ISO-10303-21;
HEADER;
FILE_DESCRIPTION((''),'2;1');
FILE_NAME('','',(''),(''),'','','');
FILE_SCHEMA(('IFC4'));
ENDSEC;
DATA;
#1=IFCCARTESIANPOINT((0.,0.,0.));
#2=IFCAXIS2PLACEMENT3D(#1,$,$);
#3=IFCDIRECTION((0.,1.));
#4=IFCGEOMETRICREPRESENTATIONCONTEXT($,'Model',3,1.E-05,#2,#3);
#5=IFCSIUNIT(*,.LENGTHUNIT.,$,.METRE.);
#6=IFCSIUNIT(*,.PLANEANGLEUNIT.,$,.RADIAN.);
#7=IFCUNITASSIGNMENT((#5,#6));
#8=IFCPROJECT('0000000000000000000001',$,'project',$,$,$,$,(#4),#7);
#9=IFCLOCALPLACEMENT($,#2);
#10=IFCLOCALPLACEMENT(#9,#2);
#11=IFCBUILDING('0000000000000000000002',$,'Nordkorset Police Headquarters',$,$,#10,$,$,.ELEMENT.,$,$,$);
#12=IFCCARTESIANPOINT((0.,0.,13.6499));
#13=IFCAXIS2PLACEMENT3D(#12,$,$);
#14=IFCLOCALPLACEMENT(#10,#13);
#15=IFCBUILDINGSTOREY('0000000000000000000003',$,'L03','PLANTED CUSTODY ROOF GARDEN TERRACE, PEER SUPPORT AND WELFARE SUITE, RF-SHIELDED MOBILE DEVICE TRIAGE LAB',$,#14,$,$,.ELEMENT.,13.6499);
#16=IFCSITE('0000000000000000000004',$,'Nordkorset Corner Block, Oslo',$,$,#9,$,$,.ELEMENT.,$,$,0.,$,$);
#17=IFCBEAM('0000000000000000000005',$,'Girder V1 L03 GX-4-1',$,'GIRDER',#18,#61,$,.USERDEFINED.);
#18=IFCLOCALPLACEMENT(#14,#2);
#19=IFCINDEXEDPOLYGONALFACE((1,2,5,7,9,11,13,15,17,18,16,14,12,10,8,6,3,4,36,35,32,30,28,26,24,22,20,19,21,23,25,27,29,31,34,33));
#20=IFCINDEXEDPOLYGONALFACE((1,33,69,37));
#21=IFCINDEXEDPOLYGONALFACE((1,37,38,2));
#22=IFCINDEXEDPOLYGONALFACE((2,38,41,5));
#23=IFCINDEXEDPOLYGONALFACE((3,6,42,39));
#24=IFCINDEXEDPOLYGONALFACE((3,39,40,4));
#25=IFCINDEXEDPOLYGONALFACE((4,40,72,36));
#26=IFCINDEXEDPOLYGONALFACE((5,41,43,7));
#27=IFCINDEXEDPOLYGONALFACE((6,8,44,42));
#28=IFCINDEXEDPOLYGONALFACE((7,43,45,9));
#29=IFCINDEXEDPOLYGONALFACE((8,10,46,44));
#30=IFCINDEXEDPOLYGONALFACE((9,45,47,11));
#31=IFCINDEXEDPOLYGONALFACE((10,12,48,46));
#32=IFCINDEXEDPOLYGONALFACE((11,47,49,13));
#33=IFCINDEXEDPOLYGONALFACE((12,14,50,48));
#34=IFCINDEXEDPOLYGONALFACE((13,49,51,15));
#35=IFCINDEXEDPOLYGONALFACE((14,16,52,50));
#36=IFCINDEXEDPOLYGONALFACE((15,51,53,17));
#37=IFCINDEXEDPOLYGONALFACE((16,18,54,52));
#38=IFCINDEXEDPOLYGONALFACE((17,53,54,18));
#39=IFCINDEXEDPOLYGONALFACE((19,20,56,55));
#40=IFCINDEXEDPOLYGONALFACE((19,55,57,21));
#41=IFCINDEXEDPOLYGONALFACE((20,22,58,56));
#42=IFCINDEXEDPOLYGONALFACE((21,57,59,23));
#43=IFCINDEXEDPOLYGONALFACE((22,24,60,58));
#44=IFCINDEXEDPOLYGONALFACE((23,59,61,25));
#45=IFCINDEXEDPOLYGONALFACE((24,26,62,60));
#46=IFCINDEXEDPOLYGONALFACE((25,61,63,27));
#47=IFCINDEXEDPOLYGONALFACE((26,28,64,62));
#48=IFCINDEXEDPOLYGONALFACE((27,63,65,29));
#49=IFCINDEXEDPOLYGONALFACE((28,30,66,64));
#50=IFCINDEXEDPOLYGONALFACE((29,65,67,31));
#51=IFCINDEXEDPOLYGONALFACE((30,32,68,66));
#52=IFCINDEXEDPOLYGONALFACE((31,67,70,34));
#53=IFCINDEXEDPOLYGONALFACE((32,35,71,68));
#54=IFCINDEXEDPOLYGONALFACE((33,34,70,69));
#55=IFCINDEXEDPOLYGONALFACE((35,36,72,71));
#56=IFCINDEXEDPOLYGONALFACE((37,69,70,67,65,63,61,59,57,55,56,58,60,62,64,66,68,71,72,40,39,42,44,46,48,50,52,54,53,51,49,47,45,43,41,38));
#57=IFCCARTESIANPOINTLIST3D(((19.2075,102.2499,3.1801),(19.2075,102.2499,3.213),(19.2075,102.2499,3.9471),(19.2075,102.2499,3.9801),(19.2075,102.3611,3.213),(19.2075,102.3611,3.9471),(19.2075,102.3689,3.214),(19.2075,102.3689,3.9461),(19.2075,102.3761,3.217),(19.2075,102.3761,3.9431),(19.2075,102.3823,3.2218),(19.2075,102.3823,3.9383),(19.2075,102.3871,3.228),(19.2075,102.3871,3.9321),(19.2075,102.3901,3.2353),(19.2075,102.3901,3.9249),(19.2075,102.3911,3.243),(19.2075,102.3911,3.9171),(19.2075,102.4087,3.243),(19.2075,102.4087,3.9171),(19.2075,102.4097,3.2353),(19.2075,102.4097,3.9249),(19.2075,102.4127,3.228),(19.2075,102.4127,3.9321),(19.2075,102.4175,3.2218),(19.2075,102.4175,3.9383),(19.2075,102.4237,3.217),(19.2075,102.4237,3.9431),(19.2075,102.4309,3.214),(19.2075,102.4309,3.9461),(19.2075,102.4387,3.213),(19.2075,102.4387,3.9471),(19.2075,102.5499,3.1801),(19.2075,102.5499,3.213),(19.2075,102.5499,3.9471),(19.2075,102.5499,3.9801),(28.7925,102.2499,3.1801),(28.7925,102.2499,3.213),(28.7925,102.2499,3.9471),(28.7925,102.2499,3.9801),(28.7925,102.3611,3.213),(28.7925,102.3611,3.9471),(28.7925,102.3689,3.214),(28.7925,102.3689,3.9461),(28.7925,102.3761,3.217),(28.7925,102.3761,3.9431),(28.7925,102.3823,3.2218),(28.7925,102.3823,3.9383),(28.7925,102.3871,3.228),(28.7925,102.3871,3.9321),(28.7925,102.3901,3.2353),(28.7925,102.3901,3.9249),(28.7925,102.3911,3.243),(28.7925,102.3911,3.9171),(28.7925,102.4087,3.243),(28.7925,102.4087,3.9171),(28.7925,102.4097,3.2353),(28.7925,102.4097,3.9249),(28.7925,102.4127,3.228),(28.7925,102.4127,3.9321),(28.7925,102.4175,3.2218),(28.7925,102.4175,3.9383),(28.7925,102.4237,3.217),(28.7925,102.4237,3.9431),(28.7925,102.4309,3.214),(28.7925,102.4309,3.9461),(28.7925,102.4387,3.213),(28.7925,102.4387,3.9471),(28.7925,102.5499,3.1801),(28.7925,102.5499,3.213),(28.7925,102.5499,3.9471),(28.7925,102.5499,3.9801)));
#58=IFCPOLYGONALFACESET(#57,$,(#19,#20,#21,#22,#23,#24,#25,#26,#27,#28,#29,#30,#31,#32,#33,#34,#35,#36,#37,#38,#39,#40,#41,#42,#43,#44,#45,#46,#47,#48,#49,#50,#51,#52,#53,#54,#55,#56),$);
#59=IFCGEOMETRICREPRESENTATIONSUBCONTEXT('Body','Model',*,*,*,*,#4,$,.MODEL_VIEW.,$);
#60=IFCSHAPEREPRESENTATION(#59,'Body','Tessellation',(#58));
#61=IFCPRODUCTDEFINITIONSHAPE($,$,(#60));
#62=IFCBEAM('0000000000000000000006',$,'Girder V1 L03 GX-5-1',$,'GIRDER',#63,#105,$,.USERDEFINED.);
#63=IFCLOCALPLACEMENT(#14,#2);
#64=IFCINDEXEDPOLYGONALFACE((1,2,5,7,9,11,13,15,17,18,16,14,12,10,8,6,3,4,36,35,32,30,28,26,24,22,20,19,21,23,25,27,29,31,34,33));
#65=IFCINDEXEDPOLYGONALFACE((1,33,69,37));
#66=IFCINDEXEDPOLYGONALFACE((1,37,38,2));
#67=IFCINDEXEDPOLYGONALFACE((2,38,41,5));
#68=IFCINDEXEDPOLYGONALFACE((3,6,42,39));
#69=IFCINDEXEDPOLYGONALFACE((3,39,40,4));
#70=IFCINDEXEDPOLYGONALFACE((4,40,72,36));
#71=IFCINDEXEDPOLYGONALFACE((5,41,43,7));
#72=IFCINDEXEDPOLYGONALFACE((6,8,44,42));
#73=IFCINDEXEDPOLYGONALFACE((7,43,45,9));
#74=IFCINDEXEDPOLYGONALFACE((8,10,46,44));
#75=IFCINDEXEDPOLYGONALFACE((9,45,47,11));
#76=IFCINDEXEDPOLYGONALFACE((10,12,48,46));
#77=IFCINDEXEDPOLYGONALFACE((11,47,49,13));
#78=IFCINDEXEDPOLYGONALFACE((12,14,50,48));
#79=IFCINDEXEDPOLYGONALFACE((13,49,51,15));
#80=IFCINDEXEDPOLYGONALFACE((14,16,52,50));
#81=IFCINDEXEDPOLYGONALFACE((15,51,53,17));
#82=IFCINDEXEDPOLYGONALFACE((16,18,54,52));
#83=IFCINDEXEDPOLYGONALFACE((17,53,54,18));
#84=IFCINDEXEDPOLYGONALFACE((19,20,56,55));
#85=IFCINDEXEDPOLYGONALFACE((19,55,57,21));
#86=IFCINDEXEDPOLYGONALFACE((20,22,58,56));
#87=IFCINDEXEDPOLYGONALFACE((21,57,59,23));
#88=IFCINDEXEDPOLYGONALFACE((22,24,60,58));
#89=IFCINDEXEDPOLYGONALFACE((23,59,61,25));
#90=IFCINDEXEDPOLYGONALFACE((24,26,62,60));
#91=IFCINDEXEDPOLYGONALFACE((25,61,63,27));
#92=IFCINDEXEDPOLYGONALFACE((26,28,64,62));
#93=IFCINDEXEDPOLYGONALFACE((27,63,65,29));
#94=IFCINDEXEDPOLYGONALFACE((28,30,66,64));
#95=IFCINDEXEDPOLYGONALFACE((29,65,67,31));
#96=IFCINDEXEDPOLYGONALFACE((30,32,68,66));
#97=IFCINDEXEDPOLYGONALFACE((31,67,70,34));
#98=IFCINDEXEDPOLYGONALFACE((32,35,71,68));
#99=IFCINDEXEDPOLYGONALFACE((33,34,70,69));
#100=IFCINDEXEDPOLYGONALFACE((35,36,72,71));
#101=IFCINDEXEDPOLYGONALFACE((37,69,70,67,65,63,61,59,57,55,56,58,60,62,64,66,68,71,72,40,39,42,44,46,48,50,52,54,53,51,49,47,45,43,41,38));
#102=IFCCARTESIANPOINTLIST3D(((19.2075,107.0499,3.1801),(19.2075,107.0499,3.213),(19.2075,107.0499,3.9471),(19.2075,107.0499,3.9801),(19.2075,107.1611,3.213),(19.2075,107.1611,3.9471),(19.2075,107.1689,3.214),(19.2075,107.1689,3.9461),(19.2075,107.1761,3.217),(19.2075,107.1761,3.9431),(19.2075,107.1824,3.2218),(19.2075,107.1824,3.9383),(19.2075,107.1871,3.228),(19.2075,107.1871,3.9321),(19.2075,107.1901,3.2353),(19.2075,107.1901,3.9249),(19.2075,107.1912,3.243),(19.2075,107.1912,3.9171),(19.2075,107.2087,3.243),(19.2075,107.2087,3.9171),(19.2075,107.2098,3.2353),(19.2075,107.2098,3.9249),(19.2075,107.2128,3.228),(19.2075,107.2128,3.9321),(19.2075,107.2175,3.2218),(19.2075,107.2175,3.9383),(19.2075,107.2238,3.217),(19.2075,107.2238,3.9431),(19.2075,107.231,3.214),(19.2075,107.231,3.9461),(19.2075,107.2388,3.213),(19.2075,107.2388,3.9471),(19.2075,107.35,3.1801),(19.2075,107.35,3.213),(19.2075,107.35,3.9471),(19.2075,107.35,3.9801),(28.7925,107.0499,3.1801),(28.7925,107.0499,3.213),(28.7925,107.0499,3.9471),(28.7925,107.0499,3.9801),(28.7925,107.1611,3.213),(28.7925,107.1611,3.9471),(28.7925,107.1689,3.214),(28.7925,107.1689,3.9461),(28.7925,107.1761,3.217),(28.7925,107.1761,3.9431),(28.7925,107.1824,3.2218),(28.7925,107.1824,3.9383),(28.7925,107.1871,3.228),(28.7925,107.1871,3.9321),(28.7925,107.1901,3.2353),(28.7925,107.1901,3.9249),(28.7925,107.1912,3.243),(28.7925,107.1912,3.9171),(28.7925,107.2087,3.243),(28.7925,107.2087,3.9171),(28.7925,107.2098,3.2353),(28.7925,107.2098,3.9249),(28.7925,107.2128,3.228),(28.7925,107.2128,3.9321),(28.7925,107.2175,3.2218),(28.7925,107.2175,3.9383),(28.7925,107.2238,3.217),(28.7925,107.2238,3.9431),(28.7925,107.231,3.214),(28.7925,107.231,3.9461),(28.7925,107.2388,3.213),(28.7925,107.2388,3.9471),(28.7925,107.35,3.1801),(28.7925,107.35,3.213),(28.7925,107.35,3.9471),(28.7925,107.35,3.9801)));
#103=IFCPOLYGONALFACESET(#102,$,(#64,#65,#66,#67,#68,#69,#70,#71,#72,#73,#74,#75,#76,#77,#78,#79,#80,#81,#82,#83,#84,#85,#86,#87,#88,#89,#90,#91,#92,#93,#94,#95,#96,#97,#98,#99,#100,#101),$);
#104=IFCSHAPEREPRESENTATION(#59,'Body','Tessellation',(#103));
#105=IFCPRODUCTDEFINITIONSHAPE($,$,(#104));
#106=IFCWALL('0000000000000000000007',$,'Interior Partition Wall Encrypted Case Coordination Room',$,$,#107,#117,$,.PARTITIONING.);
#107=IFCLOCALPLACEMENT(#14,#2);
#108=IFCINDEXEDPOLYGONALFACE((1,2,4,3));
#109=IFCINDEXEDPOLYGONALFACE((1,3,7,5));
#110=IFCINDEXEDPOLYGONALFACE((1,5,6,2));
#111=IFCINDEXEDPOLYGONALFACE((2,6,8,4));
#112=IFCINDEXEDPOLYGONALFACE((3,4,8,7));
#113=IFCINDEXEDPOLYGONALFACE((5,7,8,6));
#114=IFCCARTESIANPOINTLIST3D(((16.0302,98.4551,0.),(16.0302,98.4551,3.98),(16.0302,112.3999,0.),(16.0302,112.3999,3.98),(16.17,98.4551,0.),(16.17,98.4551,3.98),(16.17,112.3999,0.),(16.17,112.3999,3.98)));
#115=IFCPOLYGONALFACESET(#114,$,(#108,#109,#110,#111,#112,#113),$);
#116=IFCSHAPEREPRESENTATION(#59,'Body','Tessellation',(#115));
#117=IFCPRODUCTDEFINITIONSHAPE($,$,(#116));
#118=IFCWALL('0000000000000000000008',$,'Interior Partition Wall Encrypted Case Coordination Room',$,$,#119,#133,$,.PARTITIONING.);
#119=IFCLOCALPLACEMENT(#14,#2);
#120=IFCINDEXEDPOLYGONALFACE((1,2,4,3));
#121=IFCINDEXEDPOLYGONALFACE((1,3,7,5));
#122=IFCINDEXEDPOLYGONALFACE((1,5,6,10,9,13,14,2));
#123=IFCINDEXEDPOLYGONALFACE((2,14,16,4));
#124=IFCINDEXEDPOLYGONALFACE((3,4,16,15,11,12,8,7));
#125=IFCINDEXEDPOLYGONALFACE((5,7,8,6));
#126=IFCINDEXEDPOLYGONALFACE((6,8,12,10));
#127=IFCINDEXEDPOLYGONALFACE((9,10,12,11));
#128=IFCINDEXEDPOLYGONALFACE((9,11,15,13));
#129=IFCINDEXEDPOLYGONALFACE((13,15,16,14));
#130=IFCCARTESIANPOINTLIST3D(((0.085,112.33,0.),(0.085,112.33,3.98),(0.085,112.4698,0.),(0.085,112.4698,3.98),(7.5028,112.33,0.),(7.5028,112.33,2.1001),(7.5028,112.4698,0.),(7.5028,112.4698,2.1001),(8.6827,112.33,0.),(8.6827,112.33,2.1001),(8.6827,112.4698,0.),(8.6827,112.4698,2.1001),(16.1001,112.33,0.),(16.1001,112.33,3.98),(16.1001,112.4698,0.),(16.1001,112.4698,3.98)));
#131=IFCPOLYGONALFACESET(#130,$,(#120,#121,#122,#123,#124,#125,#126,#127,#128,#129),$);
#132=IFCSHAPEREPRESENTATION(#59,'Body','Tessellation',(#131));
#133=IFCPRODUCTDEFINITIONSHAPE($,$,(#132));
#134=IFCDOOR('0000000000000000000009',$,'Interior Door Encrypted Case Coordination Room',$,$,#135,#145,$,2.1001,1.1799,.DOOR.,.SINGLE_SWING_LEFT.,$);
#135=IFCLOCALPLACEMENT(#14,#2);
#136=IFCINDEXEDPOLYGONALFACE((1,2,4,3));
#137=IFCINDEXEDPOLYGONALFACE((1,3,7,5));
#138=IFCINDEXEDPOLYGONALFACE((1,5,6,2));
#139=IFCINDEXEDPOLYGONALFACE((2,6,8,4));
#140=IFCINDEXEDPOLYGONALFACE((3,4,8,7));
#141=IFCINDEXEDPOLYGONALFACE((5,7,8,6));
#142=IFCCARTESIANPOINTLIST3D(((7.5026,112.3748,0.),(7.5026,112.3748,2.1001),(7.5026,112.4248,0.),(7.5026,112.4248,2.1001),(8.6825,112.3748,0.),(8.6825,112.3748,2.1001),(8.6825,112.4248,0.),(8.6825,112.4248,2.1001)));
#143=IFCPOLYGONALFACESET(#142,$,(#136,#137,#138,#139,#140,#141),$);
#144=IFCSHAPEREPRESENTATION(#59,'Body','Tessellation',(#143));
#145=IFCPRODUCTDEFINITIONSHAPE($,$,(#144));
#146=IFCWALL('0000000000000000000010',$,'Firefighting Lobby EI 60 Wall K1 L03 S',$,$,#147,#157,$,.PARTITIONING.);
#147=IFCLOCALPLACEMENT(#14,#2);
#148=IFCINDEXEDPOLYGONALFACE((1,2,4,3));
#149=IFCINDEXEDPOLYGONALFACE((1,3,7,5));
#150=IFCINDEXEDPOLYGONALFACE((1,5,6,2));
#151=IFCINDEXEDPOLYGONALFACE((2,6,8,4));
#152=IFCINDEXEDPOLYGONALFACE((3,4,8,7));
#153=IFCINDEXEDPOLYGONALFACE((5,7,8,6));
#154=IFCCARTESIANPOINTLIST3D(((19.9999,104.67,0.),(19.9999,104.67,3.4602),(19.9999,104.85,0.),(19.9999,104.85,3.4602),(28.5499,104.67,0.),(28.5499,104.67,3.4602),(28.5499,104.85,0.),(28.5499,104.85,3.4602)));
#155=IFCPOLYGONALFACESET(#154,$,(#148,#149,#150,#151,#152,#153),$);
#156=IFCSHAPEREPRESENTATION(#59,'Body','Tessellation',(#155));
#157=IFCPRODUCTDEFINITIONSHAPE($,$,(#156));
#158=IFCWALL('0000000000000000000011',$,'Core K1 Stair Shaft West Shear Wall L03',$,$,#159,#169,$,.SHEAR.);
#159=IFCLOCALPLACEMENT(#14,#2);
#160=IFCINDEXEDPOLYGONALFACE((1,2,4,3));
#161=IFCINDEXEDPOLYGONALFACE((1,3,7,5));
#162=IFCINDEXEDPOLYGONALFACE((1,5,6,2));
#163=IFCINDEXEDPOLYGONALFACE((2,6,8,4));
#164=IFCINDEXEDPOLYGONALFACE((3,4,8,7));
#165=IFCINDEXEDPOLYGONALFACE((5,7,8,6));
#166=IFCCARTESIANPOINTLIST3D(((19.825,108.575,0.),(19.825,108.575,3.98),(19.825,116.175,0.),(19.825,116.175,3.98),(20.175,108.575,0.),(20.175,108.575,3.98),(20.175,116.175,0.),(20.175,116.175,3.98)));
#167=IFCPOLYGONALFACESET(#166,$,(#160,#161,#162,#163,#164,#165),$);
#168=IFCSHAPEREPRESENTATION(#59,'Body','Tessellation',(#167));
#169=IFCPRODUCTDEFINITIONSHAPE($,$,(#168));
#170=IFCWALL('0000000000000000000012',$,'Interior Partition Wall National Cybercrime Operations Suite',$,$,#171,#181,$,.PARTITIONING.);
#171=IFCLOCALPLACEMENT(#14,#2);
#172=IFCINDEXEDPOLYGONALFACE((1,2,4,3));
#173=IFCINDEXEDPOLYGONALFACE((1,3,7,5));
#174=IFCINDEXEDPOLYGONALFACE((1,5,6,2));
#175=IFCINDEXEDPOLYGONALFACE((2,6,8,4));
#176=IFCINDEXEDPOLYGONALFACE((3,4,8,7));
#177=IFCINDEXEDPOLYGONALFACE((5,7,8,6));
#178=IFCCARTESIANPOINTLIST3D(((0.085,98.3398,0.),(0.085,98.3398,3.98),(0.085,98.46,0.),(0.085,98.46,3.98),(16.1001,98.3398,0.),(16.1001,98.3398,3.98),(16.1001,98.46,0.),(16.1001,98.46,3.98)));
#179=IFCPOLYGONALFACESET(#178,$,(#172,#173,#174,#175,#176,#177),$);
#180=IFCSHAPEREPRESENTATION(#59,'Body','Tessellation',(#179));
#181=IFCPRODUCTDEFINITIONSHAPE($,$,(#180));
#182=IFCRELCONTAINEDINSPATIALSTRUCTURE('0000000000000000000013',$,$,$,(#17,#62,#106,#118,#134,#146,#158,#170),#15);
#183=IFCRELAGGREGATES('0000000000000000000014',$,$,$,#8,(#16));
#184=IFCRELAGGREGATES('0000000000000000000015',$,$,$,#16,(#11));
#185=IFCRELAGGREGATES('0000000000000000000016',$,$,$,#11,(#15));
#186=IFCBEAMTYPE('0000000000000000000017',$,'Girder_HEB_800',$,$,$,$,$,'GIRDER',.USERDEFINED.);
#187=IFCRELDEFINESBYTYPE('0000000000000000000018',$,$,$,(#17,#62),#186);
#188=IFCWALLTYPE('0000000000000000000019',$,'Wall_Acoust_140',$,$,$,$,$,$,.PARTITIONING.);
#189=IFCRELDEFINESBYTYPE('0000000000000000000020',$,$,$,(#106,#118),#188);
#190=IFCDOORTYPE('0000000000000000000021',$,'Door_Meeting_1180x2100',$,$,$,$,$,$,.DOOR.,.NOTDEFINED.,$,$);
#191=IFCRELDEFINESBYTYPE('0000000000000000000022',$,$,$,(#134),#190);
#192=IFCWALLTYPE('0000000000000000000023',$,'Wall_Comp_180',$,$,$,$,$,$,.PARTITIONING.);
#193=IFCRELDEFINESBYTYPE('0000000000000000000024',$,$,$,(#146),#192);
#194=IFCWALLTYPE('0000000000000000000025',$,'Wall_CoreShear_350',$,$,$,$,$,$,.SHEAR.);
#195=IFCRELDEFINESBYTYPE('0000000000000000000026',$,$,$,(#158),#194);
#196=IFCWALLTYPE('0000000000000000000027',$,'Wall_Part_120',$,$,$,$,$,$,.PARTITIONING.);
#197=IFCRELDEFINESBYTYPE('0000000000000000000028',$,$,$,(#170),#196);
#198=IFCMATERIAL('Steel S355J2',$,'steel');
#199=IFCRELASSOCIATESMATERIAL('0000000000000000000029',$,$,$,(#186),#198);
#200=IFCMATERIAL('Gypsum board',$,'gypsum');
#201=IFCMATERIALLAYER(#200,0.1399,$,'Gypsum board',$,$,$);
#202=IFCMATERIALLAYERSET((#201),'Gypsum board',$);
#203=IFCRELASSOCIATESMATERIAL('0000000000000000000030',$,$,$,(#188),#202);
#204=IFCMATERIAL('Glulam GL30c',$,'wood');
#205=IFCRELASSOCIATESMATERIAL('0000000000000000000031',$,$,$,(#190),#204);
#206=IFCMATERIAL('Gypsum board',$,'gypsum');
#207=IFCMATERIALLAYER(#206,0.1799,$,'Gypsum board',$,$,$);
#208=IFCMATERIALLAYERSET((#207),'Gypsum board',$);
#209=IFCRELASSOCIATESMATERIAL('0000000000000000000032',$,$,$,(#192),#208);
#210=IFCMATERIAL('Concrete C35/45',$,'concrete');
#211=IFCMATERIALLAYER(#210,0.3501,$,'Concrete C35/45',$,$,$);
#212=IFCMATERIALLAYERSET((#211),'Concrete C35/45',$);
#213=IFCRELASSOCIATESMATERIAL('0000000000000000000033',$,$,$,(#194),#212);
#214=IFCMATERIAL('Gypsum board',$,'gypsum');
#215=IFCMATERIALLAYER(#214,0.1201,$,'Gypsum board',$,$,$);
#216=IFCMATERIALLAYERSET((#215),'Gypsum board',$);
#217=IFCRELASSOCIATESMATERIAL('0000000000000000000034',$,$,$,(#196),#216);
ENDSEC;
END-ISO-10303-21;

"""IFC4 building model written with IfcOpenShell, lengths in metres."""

from ifc_helpers import new_model, si_unit, direction, frame, frame_2d, origin, origin_2d, place, context, subcontext, project, spatial, rectangle, i_section, extrude, material, layer, layer_set, material_profile, profile_set, type_object, element, fill, save


model = new_model("IFC4")

# Units and contexts
model_context = context("Model", 3, precision=1e-05, world=origin(), true_north=direction((0.0, 1.0)))
body_context = subcontext(model_context, "Body", "Model", "MODEL_VIEW")
ifc_project = project(units=[si_unit("LENGTHUNIT", "METRE"), si_unit("PLANEANGLEUNIT", "RADIAN")], contexts=[model_context])

# Site, building, storey
site_placement = place(None, origin())
site = spatial("IfcSite", under=ifc_project, at=site_placement, Name="Nordkorset Corner Block, Oslo", CompositionType="ELEMENT", RefElevation=0.0)
building_placement = place(site_placement, origin())
building = spatial("IfcBuilding", under=site, at=building_placement, Name="Nordkorset Police Headquarters", CompositionType="ELEMENT")
storey_placement = place(building_placement, frame((0.0, 0.0, 13.6499)))
storey = spatial("IfcBuildingStorey", under=building, at=storey_placement, Name="L03", Description="PLANTED CUSTODY ROOF GARDEN TERRACE, PEER SUPPORT AND WELFARE SUITE, RF-SHIELDED MOBILE DEVICE TRIAGE LAB", CompositionType="ELEMENT", Elevation=13.6499)

# Beams
ifc_material_1 = material(Name="Steel S355J2", Category="steel")
ifc_material_profile_1 = material_profile(ifc_material_1, i_section(OverallWidth=0.3, OverallDepth=0.8, WebThickness=0.0176, FlangeThickness=0.033, FilletRadius=0.03, at=origin_2d()), Name="HEB 800")
ifc_profile_set_1 = profile_set([ifc_material_profile_1], Name="Steel S355J2")
beam_type_1 = type_object("IfcBeamType", Name="Girder_HEB_800", ElementType="GIRDER", PredefinedType="USERDEFINED", material=ifc_profile_set_1)
for number, where, z_axis, x_axis, name in (
    (1, (19.2075, 102.3999, 3.5801), (1.0, 0.0, 0.0), (0.0, 1.0, 0.0), "Girder V1 L03 GX-4-1"),
    (2, (19.2075, 107.2, 3.5801), (1.0, 0.0, 0.0), (0.0, 1.0, 0.0), "Girder V1 L03 GX-5-1"),
):
    element("IfcBeam", number, at=place(storey_placement, frame(where, z_axis=z_axis, x_axis=x_axis)), inside=storey, type_object=beam_type_1, Name=name, ObjectType="GIRDER", PredefinedType="USERDEFINED", context=body_context, shape_type="SweptSolid", body=[
        extrude(i_section(OverallWidth=0.3, OverallDepth=0.8, WebThickness=0.0176, FlangeThickness=0.033, FilletRadius=0.03, at=origin_2d()), origin(), (0.0, 0.0, 1.0), 9.585),
    ])

# Wall
ifc_material_2 = material(Name="Gypsum board", Category="gypsum")
ifc_layer_1 = layer(ifc_material_2, 0.1399, Name="Gypsum board")
ifc_layer_set_1 = layer_set([ifc_layer_1], Name="Gypsum board")
wall_type_1 = type_object("IfcWallType", Name="Wall_Acoust_140", PredefinedType="PARTITIONING", material=ifc_layer_set_1)
wall_1_placement = place(storey_placement, frame((16.1001, 98.4551, 0.0), z_axis=(0.0, 0.0, 1.0), x_axis=(0.0, 1.0, 0.0)))
element("IfcWall", 3, at=wall_1_placement, inside=storey, type_object=wall_type_1, Name="Interior Partition Wall Encrypted Case Coordination Room", PredefinedType="PARTITIONING", context=body_context, shape_type="SweptSolid", body=[
    extrude(rectangle(XDim=13.9448, YDim=0.1399, at=frame_2d((6.9724, 0.0))), origin(), (0.0, 0.0, 1.0), 3.98),
])

# Wall, opening, door
wall_2_placement = place(storey_placement, frame((16.1001, 112.3999, 0.0), z_axis=(0.0, 0.0, 1.0), x_axis=(-1.0, 0.0, 0.0)))
wall_2 = element("IfcWall", 4, at=wall_2_placement, inside=storey, type_object=wall_type_1, Name="Interior Partition Wall Encrypted Case Coordination Room", PredefinedType="PARTITIONING", context=body_context, shape_type="SweptSolid", body=[
    extrude(rectangle(XDim=16.0151, YDim=0.1399, at=frame_2d((8.0076, 0.0))), origin(), (0.0, 0.0, 1.0), 3.98),
])
opening_1_placement = place(wall_2_placement, frame((7.4175, 0.0, 0.0)))
opening_1 = element("IfcOpeningElement", 5, at=opening_1_placement, cuts=wall_2, PredefinedType="OPENING", context=body_context, shape_type="SweptSolid", body=[
    extrude(rectangle(XDim=1.1799, YDim=2.1001, at=frame_2d((0.5898, 1.05))), frame((0.0, 0.0801, 0.0), z_axis=(0.0, -1.0, 0.0), x_axis=(1.0, 0.0, 0.0)), (0.0, 0.0, 1.0), 0.1599),
])
ifc_material_3 = material(Name="Glulam GL30c", Category="wood")
door_type_1 = type_object("IfcDoorType", Name="Door_Meeting_1180x2100", OperationType="NOTDEFINED", PredefinedType="DOOR", material=ifc_material_3)
door_1_placement = place(opening_1_placement, frame((1.1799, 0.0, 0.0), z_axis=(0.0, 0.0, 1.0), x_axis=(-1.0, 0.0, 0.0)))
door_1 = element("IfcDoor", 6, at=door_1_placement, inside=storey, type_object=door_type_1, Name="Interior Door Encrypted Case Coordination Room", OperationType="SINGLE_SWING_LEFT", OverallHeight=2.1001, OverallWidth=1.1799, PredefinedType="DOOR", context=body_context, shape_type="SweptSolid", body=[
    extrude(rectangle(XDim=1.1799, YDim=2.1001, at=frame_2d((0.5898, 1.05))), frame((0.0, 0.0249, 0.0), z_axis=(0.0, -1.0, 0.0), x_axis=(1.0, 0.0, 0.0)), (0.0, 0.0, 1.0), 0.05),
])
fill(opening_1, door_1)

# Wall
ifc_material_4 = material(Name="Gypsum board", Category="gypsum")
ifc_layer_2 = layer(ifc_material_4, 0.1799, Name="Gypsum board")
ifc_layer_set_2 = layer_set([ifc_layer_2], Name="Gypsum board")
wall_type_2 = type_object("IfcWallType", Name="Wall_Comp_180", PredefinedType="PARTITIONING", material=ifc_layer_set_2)
wall_3_placement = place(storey_placement, frame((20.0, 104.76, 0.0), z_axis=(0.0, 0.0, 1.0), x_axis=(1.0, 0.0, 0.0)))
element("IfcWall", 7, at=wall_3_placement, inside=storey, type_object=wall_type_2, Name="Firefighting Lobby EI 60 Wall K1 L03 S", PredefinedType="PARTITIONING", context=body_context, shape_type="SweptSolid", body=[
    extrude(rectangle(XDim=8.55, YDim=0.1799, at=frame_2d((4.2749, 0.0))), origin(), (0.0, 0.0, 1.0), 3.4602),
])

# Shared definitions
ifc_material_5 = material(Name="Concrete C35/45", Category="concrete")
ifc_layer_3 = layer(ifc_material_5, 0.3501, Name="Concrete C35/45")
ifc_layer_set_3 = layer_set([ifc_layer_3], Name="Concrete C35/45")
wall_type_3 = type_object("IfcWallType", Name="Wall_CoreShear_350", PredefinedType="SHEAR", material=ifc_layer_set_3)

# Walls
wall_4_placement = place(storey_placement, frame((20.0, 108.575, 0.0), z_axis=(0.0, 0.0, 1.0), x_axis=(0.0, 1.0, 0.0)))
element("IfcWall", 8, at=wall_4_placement, inside=storey, type_object=wall_type_3, Name="Core K1 Stair Shaft West Shear Wall L03", PredefinedType="SHEAR", context=body_context, shape_type="SweptSolid", body=[
    extrude(rectangle(XDim=7.6001, YDim=0.3501, at=frame_2d((3.8, 0.0))), origin(), (0.0, 0.0, 1.0), 3.98),
])
ifc_material_6 = material(Name="Gypsum board", Category="gypsum")
ifc_layer_4 = layer(ifc_material_6, 0.1201, Name="Gypsum board")
ifc_layer_set_4 = layer_set([ifc_layer_4], Name="Gypsum board")
wall_type_4 = type_object("IfcWallType", Name="Wall_Part_120", PredefinedType="PARTITIONING", material=ifc_layer_set_4)
wall_5_placement = place(storey_placement, frame((16.1001, 98.3999, 0.0), z_axis=(0.0, 0.0, 1.0), x_axis=(-1.0, 0.0, 0.0)))
element("IfcWall", 9, at=wall_5_placement, inside=storey, type_object=wall_type_4, Name="Interior Partition Wall National Cybercrime Operations Suite", PredefinedType="PARTITIONING", context=body_context, shape_type="SweptSolid", body=[
    extrude(rectangle(XDim=16.0151, YDim=0.1201, at=frame_2d((8.0076, 0.0))), origin(), (0.0, 0.0, 1.0), 3.98),
])

save(model, "model.ifc")
